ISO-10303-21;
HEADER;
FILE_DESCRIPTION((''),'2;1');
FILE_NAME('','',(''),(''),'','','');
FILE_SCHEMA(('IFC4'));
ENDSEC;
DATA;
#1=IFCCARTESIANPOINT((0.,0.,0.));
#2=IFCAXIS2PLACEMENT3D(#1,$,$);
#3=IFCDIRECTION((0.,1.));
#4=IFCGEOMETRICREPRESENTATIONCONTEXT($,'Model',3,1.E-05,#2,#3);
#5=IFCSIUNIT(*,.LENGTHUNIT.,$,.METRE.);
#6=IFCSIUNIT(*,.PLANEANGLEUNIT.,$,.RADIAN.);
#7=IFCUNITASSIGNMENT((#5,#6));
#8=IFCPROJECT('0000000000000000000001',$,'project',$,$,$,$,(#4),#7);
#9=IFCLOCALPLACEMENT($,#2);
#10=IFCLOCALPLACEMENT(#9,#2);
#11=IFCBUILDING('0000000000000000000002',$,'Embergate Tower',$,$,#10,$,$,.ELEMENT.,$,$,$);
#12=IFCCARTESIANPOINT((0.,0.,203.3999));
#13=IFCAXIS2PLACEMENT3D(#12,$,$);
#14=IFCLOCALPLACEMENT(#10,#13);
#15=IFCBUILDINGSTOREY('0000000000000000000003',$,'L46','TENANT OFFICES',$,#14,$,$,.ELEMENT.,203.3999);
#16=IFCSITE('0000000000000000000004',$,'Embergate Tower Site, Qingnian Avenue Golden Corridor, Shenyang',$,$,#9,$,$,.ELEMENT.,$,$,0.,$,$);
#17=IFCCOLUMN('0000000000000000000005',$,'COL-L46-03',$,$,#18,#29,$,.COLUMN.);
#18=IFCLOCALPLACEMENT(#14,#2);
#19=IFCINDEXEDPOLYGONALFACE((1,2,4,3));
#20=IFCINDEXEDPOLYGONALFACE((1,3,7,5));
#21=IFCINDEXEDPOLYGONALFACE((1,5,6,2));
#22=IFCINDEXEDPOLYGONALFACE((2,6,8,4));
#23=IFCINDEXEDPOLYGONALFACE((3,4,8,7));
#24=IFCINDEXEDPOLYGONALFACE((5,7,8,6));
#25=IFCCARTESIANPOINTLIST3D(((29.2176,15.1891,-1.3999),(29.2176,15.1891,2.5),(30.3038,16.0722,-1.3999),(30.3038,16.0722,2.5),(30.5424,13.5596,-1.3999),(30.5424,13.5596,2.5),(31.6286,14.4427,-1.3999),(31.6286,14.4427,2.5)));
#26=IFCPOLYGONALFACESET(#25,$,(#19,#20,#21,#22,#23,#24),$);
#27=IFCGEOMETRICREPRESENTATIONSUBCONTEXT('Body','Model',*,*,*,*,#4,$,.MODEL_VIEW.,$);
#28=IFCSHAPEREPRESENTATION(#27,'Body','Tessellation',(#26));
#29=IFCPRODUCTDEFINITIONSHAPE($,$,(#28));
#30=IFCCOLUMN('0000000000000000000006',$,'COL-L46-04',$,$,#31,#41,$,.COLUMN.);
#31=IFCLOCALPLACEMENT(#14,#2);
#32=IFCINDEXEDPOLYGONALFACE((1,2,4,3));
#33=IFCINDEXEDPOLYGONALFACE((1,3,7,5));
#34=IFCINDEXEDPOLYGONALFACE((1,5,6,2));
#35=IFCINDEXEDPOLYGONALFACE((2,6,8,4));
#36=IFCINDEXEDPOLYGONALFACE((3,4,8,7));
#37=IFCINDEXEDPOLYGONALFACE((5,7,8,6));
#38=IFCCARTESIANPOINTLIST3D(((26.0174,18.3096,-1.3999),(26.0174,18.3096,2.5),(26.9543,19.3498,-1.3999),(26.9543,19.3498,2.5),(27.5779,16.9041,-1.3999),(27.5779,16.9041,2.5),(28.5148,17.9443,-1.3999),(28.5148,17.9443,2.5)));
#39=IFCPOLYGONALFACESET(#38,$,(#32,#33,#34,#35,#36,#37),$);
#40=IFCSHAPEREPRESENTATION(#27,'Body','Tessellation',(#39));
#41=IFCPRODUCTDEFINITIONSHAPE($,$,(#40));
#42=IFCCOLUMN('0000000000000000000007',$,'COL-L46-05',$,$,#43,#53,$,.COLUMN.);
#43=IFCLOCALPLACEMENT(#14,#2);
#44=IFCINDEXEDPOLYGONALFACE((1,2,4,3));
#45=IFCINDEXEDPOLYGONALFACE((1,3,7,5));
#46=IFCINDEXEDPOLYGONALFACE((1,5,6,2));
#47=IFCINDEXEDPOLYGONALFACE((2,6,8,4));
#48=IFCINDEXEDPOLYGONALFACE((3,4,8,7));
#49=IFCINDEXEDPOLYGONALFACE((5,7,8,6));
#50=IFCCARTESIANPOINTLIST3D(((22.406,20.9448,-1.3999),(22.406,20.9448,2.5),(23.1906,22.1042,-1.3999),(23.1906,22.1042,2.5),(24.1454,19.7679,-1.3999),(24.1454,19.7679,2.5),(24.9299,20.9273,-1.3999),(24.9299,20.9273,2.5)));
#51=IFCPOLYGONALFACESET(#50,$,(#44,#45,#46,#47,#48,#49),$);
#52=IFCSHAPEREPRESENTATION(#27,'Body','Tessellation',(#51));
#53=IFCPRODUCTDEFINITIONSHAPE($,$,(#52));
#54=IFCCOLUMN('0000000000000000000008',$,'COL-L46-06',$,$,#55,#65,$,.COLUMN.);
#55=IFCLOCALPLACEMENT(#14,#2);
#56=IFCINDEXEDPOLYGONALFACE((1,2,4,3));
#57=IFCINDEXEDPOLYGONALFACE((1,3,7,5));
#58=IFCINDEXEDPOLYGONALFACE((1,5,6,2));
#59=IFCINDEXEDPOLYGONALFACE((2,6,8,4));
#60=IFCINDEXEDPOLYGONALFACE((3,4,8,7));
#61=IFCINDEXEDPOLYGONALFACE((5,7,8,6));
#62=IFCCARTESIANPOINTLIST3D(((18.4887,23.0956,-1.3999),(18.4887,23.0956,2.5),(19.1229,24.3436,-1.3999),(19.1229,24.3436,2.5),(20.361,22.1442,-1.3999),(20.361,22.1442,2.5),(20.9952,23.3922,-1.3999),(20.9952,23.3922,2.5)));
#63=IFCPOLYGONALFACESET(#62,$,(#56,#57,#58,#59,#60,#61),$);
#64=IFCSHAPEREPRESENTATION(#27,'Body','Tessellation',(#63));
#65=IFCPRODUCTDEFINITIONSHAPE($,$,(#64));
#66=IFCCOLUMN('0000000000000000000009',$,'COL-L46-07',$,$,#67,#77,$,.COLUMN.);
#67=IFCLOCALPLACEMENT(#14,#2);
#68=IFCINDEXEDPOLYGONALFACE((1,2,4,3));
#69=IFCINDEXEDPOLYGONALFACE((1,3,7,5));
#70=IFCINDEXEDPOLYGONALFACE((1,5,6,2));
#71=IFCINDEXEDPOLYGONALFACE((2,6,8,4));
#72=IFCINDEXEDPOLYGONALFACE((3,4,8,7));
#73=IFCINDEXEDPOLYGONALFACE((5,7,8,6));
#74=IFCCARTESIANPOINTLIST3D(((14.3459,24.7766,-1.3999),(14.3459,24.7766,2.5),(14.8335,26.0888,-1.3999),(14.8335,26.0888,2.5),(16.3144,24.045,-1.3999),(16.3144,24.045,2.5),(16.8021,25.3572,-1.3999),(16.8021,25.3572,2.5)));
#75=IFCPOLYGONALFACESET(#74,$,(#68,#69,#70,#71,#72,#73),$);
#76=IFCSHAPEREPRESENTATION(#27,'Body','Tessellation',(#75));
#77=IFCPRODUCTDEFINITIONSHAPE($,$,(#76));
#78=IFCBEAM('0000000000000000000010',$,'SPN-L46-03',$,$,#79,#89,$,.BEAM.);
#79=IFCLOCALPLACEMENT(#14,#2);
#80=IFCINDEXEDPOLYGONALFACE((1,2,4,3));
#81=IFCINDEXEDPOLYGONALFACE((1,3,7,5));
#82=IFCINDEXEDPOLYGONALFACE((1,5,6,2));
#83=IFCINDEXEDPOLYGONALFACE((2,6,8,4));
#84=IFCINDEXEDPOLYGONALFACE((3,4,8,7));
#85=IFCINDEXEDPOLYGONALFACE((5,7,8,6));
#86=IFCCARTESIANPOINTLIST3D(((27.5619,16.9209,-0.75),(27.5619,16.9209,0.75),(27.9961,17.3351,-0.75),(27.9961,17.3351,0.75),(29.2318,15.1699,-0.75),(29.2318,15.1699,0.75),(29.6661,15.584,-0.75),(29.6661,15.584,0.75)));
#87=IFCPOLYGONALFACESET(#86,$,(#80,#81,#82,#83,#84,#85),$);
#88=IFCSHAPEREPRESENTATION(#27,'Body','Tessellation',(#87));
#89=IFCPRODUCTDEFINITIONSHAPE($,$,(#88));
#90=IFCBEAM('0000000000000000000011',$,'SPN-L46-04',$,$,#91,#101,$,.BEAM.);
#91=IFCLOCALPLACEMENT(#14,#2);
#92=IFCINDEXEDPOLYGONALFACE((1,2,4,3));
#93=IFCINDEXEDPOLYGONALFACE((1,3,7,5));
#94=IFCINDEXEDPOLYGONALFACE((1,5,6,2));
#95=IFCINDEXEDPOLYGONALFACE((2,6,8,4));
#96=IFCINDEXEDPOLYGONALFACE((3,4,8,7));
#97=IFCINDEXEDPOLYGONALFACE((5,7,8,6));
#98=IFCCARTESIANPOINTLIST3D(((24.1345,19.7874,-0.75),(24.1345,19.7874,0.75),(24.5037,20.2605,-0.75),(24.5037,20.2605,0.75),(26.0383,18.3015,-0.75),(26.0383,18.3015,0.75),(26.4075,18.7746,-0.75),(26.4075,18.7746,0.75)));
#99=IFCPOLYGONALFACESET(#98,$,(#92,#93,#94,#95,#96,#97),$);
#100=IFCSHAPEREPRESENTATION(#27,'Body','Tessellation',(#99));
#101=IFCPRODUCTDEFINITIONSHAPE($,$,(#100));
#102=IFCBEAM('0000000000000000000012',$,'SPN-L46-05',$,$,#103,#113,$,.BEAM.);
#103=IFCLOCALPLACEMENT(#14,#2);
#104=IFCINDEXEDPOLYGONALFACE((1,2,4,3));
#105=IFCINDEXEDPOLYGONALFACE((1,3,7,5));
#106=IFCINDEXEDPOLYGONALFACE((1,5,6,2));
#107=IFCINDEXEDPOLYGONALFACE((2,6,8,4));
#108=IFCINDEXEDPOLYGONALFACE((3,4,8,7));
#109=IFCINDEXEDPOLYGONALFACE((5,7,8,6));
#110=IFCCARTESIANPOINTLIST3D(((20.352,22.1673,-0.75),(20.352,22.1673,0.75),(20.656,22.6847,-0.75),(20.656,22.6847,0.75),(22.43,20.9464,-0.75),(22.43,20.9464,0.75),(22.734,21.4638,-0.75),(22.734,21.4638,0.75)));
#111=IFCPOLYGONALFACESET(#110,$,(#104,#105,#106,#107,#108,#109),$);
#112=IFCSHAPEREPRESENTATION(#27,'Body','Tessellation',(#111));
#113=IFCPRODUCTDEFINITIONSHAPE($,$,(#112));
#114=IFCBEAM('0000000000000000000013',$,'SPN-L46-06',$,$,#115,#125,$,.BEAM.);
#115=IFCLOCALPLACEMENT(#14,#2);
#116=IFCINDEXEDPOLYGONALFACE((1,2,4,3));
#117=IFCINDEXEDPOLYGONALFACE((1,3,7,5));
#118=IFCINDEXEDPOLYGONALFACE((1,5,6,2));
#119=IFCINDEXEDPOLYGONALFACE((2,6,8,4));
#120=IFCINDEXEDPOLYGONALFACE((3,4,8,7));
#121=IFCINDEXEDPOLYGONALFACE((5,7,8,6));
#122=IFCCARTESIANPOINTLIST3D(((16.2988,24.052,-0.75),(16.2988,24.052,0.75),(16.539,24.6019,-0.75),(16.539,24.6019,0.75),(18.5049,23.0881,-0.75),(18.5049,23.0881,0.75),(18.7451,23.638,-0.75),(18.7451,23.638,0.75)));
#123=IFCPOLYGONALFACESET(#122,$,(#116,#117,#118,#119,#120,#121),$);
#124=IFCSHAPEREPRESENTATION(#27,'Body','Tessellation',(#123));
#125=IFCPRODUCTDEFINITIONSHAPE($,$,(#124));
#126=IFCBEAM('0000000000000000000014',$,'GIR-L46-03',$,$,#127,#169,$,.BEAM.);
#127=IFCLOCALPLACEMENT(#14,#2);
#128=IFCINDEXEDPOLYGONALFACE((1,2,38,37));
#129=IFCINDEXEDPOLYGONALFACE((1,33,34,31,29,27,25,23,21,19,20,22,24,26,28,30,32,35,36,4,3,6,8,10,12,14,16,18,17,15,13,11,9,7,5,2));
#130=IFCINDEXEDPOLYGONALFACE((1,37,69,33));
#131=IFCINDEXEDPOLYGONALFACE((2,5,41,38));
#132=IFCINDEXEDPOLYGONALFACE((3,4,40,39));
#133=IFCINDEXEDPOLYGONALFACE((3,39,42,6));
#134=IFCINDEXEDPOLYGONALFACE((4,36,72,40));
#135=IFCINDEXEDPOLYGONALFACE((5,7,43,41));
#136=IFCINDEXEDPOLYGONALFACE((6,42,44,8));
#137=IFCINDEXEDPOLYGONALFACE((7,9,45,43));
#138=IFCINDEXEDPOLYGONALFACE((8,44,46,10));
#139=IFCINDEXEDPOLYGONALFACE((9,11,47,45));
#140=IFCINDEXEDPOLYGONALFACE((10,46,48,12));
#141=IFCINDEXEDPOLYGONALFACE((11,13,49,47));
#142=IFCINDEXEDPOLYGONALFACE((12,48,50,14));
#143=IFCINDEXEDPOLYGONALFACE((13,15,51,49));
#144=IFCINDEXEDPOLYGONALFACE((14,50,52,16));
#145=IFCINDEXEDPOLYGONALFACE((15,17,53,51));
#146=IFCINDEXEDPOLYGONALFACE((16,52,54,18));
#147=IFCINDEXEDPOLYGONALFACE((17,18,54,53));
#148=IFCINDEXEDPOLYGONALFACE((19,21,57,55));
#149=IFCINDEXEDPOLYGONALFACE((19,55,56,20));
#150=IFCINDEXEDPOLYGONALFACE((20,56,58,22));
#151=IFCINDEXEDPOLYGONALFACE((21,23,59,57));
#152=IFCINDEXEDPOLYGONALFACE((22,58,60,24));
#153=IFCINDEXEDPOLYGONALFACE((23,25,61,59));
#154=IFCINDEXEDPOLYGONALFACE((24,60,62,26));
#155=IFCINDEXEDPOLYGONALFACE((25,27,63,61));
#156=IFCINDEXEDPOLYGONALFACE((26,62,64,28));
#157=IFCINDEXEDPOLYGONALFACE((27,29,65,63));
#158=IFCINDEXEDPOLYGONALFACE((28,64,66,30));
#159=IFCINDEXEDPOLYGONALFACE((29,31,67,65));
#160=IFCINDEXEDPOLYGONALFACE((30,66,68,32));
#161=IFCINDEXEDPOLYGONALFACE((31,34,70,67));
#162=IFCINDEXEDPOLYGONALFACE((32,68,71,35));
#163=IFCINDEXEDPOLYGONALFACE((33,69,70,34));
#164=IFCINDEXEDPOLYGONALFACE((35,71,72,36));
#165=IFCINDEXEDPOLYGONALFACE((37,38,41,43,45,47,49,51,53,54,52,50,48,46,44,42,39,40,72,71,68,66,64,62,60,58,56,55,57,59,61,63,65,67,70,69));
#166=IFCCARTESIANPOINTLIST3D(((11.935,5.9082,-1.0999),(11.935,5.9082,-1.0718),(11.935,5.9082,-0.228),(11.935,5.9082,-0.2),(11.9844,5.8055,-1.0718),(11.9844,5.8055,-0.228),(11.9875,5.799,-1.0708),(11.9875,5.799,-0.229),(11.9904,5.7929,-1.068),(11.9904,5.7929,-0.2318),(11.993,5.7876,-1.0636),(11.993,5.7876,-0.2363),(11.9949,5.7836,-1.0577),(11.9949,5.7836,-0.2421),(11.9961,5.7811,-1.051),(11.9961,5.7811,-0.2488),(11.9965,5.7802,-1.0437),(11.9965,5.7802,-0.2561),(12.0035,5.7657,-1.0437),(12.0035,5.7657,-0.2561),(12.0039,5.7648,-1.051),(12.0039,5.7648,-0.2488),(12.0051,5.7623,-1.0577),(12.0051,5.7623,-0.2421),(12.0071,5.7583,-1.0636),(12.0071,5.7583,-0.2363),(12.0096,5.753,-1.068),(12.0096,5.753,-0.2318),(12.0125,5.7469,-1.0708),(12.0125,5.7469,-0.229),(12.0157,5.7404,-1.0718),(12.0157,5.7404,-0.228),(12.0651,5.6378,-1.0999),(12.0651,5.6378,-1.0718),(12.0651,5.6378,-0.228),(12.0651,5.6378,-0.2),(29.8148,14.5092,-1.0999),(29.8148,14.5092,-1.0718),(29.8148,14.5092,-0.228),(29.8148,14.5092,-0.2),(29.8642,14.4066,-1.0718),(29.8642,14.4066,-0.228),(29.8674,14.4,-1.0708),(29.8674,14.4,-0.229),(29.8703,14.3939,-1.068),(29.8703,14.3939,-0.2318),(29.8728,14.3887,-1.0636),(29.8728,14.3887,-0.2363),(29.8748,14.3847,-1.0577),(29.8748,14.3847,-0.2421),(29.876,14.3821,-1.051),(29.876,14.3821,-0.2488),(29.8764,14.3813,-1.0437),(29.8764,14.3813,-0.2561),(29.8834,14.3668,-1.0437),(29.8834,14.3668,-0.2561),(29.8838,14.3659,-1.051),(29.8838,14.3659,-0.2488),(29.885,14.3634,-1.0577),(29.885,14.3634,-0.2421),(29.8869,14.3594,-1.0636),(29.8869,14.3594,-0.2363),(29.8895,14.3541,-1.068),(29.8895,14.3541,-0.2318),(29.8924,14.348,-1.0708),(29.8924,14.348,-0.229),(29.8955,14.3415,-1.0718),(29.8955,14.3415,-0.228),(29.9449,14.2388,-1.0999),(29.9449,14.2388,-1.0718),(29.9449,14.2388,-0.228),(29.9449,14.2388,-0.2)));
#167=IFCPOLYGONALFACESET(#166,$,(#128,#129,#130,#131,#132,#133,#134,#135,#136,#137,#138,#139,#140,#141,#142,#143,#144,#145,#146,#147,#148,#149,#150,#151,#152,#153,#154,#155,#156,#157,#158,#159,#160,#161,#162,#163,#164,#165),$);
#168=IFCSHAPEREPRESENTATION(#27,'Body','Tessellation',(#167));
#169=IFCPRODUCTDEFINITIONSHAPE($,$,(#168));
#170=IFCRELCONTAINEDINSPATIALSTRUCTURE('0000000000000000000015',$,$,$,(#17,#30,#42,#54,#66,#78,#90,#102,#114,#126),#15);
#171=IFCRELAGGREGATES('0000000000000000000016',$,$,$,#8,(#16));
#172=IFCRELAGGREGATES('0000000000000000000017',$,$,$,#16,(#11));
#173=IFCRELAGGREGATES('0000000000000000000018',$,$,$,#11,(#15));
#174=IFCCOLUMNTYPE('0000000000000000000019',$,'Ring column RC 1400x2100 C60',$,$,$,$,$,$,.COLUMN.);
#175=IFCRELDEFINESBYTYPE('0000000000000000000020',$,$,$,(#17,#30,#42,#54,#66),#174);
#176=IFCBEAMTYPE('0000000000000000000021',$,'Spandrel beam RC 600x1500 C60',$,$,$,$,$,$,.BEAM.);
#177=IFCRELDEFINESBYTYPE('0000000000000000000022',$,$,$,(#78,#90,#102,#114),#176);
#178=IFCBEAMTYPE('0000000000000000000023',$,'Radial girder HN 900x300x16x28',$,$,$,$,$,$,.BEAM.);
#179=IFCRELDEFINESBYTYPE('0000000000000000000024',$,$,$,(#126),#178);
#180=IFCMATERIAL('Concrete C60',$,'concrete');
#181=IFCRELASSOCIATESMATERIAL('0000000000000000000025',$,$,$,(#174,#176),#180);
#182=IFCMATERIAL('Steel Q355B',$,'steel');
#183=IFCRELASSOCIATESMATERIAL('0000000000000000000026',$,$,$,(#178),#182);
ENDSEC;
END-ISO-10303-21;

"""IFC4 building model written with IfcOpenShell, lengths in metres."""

from ifc_helpers import new_model, si_unit, direction, frame, origin, origin_2d, place, context, subcontext, project, spatial, rectangle, i_section, extrude, source, transform, mapped, material, material_profile, profile_set, type_object, element, save


model = new_model("IFC4")

# Units and contexts
model_context = context("Model", 3, precision=1e-05, world=origin(), true_north=direction((0.0, 1.0)))
body_context = subcontext(model_context, "Body", "Model", "MODEL_VIEW")
ifc_project = project(units=[si_unit("LENGTHUNIT", "METRE"), si_unit("PLANEANGLEUNIT", "RADIAN")], contexts=[model_context])

# Site, building, storey
site_placement = place(None, origin())
site = spatial("IfcSite", under=ifc_project, at=site_placement, Name="Embergate Tower Site, Qingnian Avenue Golden Corridor, Shenyang", CompositionType="ELEMENT", RefElevation=0.0)
building_placement = place(site_placement, origin())
building = spatial("IfcBuilding", under=site, at=building_placement, Name="Embergate Tower", CompositionType="ELEMENT")
storey_placement = place(building_placement, frame((0.0, 0.0, 203.3999)))
storey = spatial("IfcBuildingStorey", under=building, at=storey_placement, Name="L46", Description="TENANT OFFICES", CompositionType="ELEMENT", Elevation=203.3999)

# Columns
ifc_material_1 = material(Name="Concrete C60", Category="concrete")
ifc_material_profile_1 = material_profile(ifc_material_1, rectangle(XDim=1.3999, YDim=2.1001, at=origin_2d()), Name="RC 1400x2100")
ifc_profile_set_1 = profile_set([ifc_material_profile_1], Name="Concrete C60")
column_type = type_object("IfcColumnType", Name="Ring column RC 1400x2100 C60", PredefinedType="COLUMN", material=ifc_profile_set_1)
shared_shape_1 = source(origin(), body_context, "Body", "SweptSolid", [
    extrude(rectangle(XDim=1.3999, YDim=2.1001, at=origin_2d()), origin(), (0.0, 0.0, 1.0), 3.8999),
])
for number, where, z_axis, x_axis, name in (
    (1, (30.4231, 14.8159, -1.3999), (0.0, 0.0, 1.0), (0.775925, 0.630825, 0.0), "COL-L46-03"),
    (2, (27.2661, 18.127, -1.3999), (0.0, 0.0, 1.0), (0.669221, 0.743063, 0.0), "COL-L46-04"),
    (3, (23.668, 20.936, -1.3999), (0.0, 0.0, 1.0), (0.560408, 0.828217, 0.0), "COL-L46-05"),
    (4, (19.7419, 23.2439, -1.3999), (0.0, 0.0, 1.0), (0.453011, 0.891505, 0.0), "COL-L46-06"),
    (5, (15.574, 25.0669, -1.3999), (0.0, 0.0, 1.0), (0.348359, 0.937361, 0.0), "COL-L46-07"),
):
    element("IfcColumn", number, at=place(storey_placement, frame(where, z_axis=z_axis, x_axis=x_axis)), inside=storey, type_object=column_type, Name=name, PredefinedType="COLUMN", context=body_context, shape_type="MappedRepresentation", body=[
        mapped(shared_shape_1, transform((0.0, 0.0, 0.0))),
    ])

# Beams
ifc_material_profile_2 = material_profile(ifc_material_1, rectangle(XDim=0.6001, YDim=1.5, at=origin_2d()), Name="RC 600x1500")
ifc_profile_set_2 = profile_set([ifc_material_profile_2], Name="Concrete C60")
beam_type_1 = type_object("IfcBeamType", Name="Spandrel beam RC 600x1500 C60", PredefinedType="BEAM", material=ifc_profile_set_2)
shared_shape_2 = source(origin(), body_context, "Body", "SweptSolid", [
    extrude(rectangle(XDim=0.6001, YDim=1.5, at=origin_2d()), origin(), (0.0, 0.0, 1.0), 2.4197),
])
beam_1_placement = place(storey_placement, frame((29.449, 15.377, 0.0), z_axis=(-0.690159, 0.723658, 0.0), x_axis=(-0.723658, -0.690159, 0.0)))
element("IfcBeam", 6, at=beam_1_placement, inside=storey, type_object=beam_type_1, Name="SPN-L46-03", PredefinedType="BEAM", context=body_context, shape_type="MappedRepresentation", body=[
    mapped(shared_shape_2, transform((0.0, 0.0, 0.0))),
])
shared_shape_3 = source(origin(), body_context, "Body", "SweptSolid", [
    extrude(rectangle(XDim=0.6001, YDim=1.5, at=origin_2d()), origin(), (0.0, 0.0, 1.0), 2.415),
])
beam_2_placement = place(storey_placement, frame((26.2229, 18.5381, 0.0), z_axis=(-0.788328, 0.615256, 0.0), x_axis=(-0.615256, -0.788328, 0.0)))
element("IfcBeam", 7, at=beam_2_placement, inside=storey, type_object=beam_type_1, Name="SPN-L46-04", PredefinedType="BEAM", context=body_context, shape_type="MappedRepresentation", body=[
    mapped(shared_shape_3, transform((0.0, 0.0, 0.0))),
])
shared_shape_4 = source(origin(), body_context, "Body", "SweptSolid", [
    extrude(rectangle(XDim=0.6001, YDim=1.5, at=origin_2d()), origin(), (0.0, 0.0, 1.0), 2.4102),
])
beam_3_placement = place(storey_placement, frame((22.582, 21.2051, 0.0), z_axis=(-0.862202, 0.506564, 0.0), x_axis=(-0.506564, -0.862202, 0.0)))
element("IfcBeam", 8, at=beam_3_placement, inside=storey, type_object=beam_type_1, Name="SPN-L46-05", PredefinedType="BEAM", context=body_context, shape_type="MappedRepresentation", body=[
    mapped(shared_shape_4, transform((0.0, 0.0, 0.0))),
])
shared_shape_5 = source(origin(), body_context, "Body", "SweptSolid", [
    extrude(rectangle(XDim=0.6001, YDim=1.5, at=origin_2d()), origin(), (0.0, 0.0, 1.0), 2.4075),
])
beam_4_placement = place(storey_placement, frame((18.625, 23.363, 0.0), z_axis=(-0.916353, 0.400372, 0.0), x_axis=(-0.400372, -0.916353, 0.0)))
element("IfcBeam", 9, at=beam_4_placement, inside=storey, type_object=beam_type_1, Name="SPN-L46-06", PredefinedType="BEAM", context=body_context, shape_type="MappedRepresentation", body=[
    mapped(shared_shape_5, transform((0.0, 0.0, 0.0))),
])
ifc_material_2 = material(Name="Steel Q355B", Category="steel")
ifc_material_profile_3 = material_profile(ifc_material_2, i_section(OverallWidth=0.3, OverallDepth=0.8999, WebThickness=0.0161, FlangeThickness=0.0281, FilletRadius=0.0281, at=origin_2d()), Name="HN 900x300x16x28")
ifc_profile_set_3 = profile_set([ifc_material_profile_3], Name="Steel Q355 grade B")
beam_type_2 = type_object("IfcBeamType", Name="Radial girder HN 900x300x16x28", PredefinedType="BEAM", material=ifc_profile_set_3)
shared_shape_6 = source(origin(), body_context, "Body", "SweptSolid", [
    extrude(i_section(OverallWidth=0.3, OverallDepth=0.8999, WebThickness=0.0161, FlangeThickness=0.0281, FilletRadius=0.0281, at=origin_2d()), origin(), (0.0, 0.0, 1.0), 19.8411),
])
beam_5_placement = place(storey_placement, frame((29.8799, 14.374, -0.6499), z_axis=(-0.901154, -0.433498, 0.0), x_axis=(0.433498, -0.901154, 0.0)))
element("IfcBeam", 10, at=beam_5_placement, inside=storey, type_object=beam_type_2, Name="GIR-L46-03", PredefinedType="BEAM", context=body_context, shape_type="MappedRepresentation", body=[
    mapped(shared_shape_6, transform((0.0, 0.0, 0.0))),
])

save(model, "model.ifc")
